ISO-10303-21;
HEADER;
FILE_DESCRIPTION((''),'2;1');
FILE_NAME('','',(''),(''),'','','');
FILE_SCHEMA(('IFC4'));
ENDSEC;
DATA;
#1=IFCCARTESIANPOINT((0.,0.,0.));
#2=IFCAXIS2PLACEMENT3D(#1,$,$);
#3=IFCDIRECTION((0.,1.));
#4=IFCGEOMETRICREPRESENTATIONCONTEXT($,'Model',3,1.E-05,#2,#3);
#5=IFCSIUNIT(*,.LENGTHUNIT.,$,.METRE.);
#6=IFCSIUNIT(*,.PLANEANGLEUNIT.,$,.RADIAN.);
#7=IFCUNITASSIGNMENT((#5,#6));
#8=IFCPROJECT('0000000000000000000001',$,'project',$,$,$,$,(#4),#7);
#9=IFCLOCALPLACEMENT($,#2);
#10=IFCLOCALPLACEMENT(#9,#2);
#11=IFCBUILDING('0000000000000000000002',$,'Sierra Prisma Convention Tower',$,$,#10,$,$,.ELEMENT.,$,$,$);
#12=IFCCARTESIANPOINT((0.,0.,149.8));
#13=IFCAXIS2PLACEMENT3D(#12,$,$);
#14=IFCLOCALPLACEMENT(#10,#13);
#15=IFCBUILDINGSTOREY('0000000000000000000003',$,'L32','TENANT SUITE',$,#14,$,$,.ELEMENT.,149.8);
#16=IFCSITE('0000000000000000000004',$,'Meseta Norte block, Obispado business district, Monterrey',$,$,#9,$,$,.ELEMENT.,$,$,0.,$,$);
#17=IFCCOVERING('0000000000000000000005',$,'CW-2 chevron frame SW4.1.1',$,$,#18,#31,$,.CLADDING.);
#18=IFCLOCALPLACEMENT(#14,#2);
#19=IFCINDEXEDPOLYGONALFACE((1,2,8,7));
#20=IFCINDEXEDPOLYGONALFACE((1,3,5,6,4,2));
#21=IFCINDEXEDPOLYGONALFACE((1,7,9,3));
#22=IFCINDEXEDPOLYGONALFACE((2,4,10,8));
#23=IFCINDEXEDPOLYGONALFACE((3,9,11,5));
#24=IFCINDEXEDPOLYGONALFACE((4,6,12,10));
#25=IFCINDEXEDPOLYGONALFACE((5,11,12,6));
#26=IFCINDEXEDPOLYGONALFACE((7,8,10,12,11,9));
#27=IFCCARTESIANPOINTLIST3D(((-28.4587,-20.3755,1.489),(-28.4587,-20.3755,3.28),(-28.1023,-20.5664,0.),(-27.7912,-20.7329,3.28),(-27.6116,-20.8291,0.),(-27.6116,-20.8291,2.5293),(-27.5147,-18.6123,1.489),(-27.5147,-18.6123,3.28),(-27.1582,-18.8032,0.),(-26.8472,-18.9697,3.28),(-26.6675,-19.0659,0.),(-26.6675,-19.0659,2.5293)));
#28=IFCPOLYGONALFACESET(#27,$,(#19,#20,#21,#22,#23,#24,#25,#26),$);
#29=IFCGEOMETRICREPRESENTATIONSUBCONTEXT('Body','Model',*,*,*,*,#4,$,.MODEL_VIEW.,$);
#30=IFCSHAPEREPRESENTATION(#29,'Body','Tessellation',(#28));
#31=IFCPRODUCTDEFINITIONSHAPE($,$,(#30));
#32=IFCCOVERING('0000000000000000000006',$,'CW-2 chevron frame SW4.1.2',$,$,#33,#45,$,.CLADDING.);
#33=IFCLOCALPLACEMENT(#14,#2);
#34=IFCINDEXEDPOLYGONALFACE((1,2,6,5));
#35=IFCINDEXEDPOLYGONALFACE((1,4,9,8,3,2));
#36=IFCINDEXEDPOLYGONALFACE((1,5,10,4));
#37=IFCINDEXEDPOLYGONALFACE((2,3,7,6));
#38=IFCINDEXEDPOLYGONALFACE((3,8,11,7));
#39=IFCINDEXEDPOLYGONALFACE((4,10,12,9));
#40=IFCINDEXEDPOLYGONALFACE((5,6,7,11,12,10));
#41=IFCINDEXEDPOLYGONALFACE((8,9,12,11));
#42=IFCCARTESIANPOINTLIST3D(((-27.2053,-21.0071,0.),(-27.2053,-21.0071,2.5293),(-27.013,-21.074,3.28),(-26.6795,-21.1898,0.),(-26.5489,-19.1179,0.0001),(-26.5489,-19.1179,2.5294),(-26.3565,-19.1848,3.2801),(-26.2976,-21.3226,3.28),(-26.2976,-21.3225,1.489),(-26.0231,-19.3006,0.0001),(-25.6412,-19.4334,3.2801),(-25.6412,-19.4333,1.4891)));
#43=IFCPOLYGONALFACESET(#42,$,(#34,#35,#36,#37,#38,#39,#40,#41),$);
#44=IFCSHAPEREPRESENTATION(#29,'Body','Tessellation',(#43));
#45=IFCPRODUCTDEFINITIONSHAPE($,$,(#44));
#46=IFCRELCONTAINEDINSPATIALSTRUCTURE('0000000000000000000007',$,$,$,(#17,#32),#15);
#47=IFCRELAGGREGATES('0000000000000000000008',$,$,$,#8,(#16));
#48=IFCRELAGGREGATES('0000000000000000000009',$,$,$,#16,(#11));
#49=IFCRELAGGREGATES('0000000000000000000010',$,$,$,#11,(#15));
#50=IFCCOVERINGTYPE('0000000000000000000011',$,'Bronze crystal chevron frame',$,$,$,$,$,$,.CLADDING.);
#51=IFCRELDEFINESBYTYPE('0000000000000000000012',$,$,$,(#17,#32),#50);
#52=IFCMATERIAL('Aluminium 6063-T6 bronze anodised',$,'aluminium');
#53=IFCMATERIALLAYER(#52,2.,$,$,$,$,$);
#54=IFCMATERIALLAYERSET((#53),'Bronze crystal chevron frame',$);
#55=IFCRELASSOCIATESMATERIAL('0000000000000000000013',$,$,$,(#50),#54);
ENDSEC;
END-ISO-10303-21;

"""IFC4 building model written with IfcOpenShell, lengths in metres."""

from ifc_helpers import new_model, si_unit, direction, frame, origin, place, context, subcontext, project, spatial, polyline, outline, extrude, material, layer, layer_set, type_object, element, save


model = new_model("IFC4")

# Units and contexts
model_context = context("Model", 3, precision=1e-05, world=origin(), true_north=direction((0.0, 1.0)))
body_context = subcontext(model_context, "Body", "Model", "MODEL_VIEW")
ifc_project = project(units=[si_unit("LENGTHUNIT", "METRE"), si_unit("PLANEANGLEUNIT", "RADIAN")], contexts=[model_context])

# Site, building, storey
site_placement = place(None, origin())
site = spatial("IfcSite", under=ifc_project, at=site_placement, Name="Meseta Norte block, Obispado business district, Monterrey", CompositionType="ELEMENT", RefElevation=0.0)
building_placement = place(site_placement, origin())
building = spatial("IfcBuilding", under=site, at=building_placement, Name="Sierra Prisma Convention Tower", CompositionType="ELEMENT")
storey_placement = place(building_placement, frame((0.0, 0.0, 149.8)))
storey = spatial("IfcBuildingStorey", under=building, at=storey_placement, Name="L32", Description="TENANT SUITE", CompositionType="ELEMENT", Elevation=149.8)

# Coverings
ifc_material_1 = material(Name="Aluminium 6063-T6 bronze anodised", Category="aluminium")
ifc_layer_1 = layer(ifc_material_1, 2.0)
ifc_layer_set_1 = layer_set([ifc_layer_1], Name="Bronze crystal chevron frame")
covering_type = type_object("IfcCoveringType", Name="Bronze crystal chevron frame", PredefinedType="CLADDING", material=ifc_layer_set_1)
covering_1_placement = place(storey_placement, frame((-28.4587, -20.3755, 3.28), z_axis=(-0.472028, -0.881584, 0.000006), x_axis=(-0.000003, -0.000005, -1.0)))
element("IfcCovering", 1, at=covering_1_placement, inside=storey, type_object=covering_type, Name="CW-2 chevron frame SW4.1.1", PredefinedType="CLADDING", context=body_context, shape_type="SweptSolid", body=[
    extrude(outline(polyline([(0.0, 0.0), (1.791, 0.0), (3.28, 0.4044), (3.28, 0.961), (0.7507, 0.961), (0.0, 0.7572), (0.0, 0.0)])), origin(), (0.0, 0.0, -1.0), 2.0),
])
covering_2_placement = place(storey_placement, frame((-27.2053, -21.0071, 0.0), z_axis=(-0.32821, -0.944605, -0.000027), x_axis=(0.944605, -0.32821, 0.0)))
element("IfcCovering", 2, at=covering_2_placement, inside=storey, type_object=covering_type, Name="CW-2 chevron frame SW4.1.2", PredefinedType="CLADDING", context=body_context, shape_type="SweptSolid", body=[
    extrude(outline(polyline([(0.0, 0.0), (0.5567, 0.0), (0.961, 1.489), (0.961, 3.28), (0.2037, 3.28), (0.0, 2.5293), (0.0, 0.0)])), origin(), (0.0, 0.0, -1.0), 2.0),
])

save(model, "model.ifc")
